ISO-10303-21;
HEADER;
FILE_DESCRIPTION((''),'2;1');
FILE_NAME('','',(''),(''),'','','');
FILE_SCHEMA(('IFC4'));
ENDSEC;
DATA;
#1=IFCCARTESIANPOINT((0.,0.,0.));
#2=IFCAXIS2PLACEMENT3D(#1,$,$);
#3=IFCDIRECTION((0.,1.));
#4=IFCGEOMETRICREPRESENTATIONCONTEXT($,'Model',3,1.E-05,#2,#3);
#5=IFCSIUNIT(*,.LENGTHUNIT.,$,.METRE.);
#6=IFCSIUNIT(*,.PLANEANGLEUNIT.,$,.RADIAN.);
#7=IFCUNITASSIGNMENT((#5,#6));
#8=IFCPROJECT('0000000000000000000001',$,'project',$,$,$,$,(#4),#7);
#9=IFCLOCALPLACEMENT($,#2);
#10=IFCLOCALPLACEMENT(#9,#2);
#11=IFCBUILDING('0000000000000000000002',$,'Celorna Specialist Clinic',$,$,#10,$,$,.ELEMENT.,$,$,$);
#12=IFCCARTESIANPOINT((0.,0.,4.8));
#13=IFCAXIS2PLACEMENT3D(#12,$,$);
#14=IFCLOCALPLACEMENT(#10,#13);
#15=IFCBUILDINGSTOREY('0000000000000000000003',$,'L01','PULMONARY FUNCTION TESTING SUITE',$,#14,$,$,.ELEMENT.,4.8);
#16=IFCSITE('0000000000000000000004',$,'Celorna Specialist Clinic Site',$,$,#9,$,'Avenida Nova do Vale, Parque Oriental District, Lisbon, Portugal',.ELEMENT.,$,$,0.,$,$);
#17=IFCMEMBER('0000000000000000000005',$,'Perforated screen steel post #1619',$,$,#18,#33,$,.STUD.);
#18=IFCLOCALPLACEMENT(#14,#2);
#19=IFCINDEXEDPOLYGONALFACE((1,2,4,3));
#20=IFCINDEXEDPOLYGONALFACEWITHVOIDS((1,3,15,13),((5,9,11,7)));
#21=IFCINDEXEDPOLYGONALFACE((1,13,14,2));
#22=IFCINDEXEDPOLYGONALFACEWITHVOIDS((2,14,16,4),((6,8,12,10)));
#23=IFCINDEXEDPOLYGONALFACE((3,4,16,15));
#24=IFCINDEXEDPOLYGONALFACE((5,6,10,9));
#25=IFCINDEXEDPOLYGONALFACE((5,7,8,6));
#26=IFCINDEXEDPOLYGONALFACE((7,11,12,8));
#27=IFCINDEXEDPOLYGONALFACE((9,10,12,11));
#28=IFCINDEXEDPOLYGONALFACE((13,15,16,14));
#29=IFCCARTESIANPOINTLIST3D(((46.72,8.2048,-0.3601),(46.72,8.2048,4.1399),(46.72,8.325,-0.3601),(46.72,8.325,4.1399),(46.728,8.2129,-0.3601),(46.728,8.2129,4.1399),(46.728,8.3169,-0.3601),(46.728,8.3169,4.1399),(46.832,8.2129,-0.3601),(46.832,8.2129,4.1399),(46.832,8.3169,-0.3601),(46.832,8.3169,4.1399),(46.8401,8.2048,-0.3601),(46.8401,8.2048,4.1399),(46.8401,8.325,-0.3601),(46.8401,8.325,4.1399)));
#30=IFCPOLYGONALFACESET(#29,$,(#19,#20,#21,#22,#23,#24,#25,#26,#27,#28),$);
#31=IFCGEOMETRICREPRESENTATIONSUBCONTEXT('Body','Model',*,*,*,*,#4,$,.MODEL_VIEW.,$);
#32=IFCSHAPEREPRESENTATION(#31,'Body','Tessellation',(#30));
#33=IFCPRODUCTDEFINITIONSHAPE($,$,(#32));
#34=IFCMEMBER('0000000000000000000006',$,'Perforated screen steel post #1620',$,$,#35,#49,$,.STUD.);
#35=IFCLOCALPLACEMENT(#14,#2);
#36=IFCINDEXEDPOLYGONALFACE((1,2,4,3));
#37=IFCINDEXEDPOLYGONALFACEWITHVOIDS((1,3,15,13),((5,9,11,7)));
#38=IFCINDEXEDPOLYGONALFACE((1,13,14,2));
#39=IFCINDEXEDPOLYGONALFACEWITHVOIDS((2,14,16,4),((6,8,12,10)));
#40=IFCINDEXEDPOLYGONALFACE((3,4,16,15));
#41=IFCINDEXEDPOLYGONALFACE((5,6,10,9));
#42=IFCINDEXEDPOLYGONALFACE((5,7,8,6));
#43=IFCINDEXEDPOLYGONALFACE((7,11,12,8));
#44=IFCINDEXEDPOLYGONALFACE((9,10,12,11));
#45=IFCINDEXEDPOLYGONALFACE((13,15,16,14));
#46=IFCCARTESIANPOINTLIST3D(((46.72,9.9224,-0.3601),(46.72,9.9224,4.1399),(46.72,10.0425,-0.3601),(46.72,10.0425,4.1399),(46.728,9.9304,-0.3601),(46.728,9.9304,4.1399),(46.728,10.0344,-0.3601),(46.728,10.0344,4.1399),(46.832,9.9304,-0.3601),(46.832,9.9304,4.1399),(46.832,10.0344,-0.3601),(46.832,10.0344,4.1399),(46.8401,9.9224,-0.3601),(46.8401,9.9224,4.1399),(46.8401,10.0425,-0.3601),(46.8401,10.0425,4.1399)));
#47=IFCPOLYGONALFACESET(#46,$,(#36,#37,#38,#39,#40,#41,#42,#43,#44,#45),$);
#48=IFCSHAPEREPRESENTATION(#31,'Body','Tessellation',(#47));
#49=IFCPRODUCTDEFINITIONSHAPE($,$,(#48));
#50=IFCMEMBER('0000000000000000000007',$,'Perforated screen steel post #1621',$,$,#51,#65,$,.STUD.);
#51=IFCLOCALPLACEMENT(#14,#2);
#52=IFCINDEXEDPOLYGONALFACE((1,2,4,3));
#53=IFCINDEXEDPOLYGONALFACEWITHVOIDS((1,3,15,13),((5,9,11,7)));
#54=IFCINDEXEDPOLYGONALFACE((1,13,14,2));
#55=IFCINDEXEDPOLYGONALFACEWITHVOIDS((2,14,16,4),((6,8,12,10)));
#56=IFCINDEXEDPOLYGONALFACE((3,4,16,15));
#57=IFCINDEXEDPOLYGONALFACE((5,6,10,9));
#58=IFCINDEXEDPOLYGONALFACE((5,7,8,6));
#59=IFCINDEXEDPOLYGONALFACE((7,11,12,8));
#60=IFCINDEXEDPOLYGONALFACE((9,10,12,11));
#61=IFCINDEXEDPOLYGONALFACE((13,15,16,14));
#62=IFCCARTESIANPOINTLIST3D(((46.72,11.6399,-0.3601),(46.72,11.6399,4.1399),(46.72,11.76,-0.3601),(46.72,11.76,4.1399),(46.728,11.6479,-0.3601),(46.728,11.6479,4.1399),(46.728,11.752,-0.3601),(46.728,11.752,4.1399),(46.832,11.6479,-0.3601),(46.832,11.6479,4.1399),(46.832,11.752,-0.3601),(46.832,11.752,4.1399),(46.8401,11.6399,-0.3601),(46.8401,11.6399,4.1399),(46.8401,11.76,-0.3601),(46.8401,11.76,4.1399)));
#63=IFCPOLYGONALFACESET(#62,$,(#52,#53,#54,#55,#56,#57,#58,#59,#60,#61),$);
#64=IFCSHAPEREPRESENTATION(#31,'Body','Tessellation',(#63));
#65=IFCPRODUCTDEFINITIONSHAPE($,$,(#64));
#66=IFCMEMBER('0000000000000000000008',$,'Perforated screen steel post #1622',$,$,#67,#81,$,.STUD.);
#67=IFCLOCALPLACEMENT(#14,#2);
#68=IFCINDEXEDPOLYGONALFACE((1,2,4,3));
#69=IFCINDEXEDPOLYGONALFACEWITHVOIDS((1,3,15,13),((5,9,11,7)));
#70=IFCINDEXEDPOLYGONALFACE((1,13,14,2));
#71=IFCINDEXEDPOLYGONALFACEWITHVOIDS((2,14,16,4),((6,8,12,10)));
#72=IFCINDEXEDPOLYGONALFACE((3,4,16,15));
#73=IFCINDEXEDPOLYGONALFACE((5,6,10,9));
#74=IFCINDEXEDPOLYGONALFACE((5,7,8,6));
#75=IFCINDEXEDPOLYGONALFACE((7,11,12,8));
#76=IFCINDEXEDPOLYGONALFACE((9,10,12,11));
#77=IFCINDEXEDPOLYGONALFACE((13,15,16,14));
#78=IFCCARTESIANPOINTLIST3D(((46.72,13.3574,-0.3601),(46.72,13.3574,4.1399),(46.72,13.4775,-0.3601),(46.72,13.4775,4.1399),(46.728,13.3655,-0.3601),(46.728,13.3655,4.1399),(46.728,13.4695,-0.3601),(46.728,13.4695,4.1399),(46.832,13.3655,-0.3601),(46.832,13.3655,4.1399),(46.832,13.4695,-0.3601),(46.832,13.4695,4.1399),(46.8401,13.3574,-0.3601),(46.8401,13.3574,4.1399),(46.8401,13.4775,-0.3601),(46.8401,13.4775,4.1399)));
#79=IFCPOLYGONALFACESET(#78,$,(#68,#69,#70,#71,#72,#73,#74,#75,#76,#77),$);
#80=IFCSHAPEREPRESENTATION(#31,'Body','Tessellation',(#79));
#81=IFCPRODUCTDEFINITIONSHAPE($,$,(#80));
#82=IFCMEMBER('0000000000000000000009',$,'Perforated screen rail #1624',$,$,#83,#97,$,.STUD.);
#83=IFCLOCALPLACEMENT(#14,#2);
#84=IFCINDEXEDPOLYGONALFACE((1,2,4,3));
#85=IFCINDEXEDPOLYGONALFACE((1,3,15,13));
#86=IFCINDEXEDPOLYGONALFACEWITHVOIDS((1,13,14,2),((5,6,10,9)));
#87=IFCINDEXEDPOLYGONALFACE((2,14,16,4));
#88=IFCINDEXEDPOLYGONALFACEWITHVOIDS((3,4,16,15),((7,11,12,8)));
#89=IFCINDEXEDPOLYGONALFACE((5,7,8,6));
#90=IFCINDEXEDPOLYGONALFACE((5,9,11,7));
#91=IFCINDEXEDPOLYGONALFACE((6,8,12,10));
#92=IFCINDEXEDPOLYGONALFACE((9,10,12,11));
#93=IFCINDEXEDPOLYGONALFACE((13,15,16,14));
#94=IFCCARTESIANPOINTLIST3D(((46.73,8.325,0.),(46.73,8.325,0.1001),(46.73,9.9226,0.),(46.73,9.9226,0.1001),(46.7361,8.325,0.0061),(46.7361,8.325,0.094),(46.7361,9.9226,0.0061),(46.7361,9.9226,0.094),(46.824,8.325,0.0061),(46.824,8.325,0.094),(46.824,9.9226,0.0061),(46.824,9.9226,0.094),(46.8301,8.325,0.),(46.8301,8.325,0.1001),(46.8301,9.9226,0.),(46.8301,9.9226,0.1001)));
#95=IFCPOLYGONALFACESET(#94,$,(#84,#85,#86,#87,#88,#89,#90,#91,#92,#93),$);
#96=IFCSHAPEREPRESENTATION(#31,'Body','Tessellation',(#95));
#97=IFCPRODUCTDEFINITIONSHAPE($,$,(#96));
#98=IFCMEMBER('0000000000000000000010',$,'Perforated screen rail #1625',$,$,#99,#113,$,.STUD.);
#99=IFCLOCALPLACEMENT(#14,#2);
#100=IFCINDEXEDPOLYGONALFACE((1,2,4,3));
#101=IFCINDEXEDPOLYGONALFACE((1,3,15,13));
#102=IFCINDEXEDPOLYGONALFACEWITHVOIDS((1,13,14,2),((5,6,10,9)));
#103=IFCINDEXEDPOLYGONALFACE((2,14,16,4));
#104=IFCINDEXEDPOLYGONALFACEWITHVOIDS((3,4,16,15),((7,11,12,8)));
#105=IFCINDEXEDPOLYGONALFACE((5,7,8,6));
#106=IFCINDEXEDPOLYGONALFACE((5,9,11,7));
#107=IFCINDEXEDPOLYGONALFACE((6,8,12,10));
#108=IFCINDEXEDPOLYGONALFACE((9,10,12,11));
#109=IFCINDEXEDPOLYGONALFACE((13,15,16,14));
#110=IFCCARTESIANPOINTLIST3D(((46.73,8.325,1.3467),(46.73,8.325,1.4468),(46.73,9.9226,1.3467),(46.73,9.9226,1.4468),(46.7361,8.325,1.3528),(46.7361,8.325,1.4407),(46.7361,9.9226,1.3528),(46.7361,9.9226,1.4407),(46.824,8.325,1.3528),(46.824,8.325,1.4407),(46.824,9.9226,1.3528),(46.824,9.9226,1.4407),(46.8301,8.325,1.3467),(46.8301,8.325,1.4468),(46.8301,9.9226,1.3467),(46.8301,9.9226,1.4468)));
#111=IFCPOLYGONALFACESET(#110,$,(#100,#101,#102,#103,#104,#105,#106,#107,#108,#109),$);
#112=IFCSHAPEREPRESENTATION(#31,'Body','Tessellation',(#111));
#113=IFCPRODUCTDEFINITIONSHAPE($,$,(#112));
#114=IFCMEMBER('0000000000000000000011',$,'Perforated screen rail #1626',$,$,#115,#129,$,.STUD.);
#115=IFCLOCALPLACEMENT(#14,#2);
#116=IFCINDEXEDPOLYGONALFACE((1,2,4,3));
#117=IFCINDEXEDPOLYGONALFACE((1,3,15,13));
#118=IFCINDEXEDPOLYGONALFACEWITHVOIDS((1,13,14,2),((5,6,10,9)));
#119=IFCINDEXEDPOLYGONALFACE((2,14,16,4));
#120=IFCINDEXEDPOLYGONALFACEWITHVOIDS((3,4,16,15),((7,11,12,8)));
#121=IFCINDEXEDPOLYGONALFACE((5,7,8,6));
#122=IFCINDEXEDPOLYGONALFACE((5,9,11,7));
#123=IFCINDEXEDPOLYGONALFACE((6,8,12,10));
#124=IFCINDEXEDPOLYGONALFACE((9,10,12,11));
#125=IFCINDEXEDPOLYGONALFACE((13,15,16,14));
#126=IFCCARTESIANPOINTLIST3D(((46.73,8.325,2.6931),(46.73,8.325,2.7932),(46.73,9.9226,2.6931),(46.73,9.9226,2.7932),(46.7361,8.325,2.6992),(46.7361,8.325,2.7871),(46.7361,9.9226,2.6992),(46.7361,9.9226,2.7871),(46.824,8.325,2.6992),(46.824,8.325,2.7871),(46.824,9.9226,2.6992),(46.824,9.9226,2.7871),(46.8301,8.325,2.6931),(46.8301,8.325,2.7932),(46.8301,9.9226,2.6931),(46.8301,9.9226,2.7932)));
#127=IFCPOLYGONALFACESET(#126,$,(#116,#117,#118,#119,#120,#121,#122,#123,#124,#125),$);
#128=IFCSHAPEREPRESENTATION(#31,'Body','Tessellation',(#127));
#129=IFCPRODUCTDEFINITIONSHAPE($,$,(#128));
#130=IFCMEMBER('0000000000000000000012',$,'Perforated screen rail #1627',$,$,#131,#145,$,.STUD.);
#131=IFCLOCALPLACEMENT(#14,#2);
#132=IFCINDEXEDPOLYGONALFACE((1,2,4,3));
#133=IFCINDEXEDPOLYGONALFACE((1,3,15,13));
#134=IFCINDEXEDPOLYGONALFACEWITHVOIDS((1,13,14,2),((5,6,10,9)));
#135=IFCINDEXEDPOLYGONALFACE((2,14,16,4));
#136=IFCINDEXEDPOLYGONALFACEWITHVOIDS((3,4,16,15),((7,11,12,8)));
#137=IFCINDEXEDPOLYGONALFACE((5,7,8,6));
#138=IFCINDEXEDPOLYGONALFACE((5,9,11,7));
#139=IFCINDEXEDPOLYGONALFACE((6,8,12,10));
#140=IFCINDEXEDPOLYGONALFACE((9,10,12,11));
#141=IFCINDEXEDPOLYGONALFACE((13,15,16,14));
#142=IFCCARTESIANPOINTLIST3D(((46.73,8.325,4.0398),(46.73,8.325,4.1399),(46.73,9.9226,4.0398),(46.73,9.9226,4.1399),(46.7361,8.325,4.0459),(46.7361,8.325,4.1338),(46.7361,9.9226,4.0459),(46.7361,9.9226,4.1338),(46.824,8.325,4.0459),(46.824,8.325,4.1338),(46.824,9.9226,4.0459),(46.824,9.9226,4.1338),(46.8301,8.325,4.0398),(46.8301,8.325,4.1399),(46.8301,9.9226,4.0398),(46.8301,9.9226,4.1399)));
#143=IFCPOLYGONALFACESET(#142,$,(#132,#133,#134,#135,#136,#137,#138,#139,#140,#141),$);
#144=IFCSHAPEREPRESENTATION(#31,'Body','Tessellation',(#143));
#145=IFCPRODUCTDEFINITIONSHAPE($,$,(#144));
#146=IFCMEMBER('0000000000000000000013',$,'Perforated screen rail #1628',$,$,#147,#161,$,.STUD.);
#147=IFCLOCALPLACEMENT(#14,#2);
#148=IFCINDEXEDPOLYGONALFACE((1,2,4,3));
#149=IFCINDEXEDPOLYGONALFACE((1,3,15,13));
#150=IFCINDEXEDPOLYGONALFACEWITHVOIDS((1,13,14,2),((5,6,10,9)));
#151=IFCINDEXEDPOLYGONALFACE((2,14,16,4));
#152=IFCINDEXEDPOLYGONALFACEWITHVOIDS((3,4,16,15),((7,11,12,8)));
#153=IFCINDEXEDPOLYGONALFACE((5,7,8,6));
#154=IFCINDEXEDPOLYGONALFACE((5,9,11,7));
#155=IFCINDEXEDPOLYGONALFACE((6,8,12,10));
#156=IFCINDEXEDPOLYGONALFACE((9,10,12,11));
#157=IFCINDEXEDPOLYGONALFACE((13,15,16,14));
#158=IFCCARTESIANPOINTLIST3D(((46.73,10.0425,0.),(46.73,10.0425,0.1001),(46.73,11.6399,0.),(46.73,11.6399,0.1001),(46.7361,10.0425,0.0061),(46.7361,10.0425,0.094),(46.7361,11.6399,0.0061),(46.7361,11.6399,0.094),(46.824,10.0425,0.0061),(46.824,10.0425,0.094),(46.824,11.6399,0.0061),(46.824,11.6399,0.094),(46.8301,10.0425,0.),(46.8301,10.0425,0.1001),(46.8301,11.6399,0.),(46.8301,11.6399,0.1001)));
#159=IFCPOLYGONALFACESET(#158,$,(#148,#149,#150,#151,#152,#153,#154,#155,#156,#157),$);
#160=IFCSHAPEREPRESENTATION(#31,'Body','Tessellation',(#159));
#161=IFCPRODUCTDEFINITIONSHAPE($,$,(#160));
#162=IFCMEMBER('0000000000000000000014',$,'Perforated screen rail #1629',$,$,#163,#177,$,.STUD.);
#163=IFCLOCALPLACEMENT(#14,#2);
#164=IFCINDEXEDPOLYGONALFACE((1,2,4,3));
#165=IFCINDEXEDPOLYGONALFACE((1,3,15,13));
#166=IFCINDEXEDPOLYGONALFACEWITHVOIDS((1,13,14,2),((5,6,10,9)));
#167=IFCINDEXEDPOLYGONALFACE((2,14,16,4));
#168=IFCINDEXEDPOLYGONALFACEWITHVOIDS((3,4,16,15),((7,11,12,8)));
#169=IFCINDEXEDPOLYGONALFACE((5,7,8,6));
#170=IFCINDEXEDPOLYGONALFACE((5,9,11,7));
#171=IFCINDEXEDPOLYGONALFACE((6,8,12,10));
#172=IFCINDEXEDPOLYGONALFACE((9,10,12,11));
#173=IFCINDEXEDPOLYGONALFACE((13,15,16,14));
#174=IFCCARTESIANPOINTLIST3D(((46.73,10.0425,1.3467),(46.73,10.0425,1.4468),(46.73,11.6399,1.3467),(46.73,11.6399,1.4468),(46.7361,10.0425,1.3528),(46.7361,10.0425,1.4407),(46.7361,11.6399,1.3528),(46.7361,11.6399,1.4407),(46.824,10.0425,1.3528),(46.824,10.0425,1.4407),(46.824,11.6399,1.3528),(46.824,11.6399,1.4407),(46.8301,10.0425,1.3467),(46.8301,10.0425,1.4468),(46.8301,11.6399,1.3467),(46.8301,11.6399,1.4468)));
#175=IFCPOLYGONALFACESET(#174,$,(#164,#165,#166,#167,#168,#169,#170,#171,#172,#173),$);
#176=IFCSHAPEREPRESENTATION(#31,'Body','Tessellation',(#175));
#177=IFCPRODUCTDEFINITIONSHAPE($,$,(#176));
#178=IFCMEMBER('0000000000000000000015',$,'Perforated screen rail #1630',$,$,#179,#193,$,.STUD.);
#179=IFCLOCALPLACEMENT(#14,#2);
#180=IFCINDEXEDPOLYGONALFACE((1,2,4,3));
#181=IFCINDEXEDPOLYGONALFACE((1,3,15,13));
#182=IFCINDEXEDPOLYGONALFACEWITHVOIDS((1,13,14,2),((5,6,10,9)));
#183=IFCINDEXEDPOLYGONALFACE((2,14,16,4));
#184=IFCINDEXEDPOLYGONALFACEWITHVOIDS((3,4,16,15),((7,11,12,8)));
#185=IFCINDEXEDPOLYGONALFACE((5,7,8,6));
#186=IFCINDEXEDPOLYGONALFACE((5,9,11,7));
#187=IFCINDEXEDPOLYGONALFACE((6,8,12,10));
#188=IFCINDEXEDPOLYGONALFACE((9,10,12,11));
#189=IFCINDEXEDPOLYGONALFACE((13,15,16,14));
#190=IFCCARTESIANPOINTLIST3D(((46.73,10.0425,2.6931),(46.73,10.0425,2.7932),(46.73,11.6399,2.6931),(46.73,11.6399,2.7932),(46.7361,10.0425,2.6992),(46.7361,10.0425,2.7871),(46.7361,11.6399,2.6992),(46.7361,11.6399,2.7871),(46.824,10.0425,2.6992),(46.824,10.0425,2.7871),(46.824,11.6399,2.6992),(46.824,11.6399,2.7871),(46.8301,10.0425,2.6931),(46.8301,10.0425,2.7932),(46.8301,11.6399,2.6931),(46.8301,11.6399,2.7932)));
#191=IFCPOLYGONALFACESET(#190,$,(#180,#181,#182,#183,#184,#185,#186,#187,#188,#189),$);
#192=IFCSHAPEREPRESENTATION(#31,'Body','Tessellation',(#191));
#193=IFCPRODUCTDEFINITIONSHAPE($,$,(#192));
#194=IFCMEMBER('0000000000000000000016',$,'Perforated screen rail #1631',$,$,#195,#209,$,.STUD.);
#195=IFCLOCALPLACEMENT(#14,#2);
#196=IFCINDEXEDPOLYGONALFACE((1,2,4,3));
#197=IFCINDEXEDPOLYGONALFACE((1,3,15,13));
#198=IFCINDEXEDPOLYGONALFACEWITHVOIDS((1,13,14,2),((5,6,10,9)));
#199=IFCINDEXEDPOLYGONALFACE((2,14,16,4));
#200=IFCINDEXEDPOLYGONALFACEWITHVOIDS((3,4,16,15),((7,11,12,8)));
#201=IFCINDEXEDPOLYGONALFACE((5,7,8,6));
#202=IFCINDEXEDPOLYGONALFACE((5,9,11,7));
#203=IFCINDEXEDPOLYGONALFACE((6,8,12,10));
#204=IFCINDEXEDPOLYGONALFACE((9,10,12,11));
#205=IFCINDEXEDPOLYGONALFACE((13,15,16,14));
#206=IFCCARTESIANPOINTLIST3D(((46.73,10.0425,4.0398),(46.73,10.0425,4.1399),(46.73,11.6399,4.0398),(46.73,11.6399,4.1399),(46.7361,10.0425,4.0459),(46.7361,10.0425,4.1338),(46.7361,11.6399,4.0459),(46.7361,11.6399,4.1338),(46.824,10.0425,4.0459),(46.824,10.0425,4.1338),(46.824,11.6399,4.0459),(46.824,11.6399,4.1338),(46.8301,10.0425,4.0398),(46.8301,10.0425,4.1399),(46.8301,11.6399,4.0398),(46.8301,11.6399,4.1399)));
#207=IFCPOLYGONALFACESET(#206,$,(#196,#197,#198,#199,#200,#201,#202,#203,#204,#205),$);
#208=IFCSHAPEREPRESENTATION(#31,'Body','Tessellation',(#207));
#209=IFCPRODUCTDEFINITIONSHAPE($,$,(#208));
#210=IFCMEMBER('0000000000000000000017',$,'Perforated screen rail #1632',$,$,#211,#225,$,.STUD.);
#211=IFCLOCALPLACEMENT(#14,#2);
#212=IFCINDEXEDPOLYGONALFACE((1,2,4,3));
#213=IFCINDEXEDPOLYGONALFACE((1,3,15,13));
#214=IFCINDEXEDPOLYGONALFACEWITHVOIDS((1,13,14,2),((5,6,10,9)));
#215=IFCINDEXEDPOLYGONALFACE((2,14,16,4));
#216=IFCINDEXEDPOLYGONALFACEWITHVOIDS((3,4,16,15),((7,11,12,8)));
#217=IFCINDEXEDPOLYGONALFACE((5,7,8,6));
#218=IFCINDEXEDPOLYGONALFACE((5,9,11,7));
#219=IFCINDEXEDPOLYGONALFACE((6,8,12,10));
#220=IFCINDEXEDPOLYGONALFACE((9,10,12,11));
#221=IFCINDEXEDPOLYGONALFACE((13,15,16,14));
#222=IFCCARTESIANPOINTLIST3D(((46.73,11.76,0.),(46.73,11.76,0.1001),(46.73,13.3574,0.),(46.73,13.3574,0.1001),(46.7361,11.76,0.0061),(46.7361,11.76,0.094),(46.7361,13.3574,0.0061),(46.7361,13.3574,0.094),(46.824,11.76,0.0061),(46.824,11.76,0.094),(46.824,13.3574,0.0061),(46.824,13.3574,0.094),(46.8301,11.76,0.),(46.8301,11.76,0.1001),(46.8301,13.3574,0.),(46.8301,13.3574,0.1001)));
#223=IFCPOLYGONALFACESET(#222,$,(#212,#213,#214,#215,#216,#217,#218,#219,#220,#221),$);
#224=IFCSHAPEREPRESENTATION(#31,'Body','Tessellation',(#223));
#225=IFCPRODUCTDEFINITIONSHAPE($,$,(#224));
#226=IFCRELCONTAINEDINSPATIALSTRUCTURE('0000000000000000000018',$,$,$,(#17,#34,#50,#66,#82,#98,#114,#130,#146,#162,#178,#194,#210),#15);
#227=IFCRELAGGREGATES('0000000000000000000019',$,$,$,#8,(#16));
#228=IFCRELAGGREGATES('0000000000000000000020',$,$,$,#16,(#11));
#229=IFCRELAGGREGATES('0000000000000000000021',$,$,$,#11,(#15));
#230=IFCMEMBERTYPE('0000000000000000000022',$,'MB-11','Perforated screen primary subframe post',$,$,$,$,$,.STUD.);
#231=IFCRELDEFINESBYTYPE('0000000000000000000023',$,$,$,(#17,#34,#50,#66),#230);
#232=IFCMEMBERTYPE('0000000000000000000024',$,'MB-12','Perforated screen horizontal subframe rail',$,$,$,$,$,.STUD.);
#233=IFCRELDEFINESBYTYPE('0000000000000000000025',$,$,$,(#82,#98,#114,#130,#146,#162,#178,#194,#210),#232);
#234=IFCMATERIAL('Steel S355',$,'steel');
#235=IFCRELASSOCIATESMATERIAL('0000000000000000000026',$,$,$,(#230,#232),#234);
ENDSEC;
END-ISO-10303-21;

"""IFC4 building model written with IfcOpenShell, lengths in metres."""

from ifc_helpers import new_model, si_unit, direction, frame, origin, origin_2d, place, context, subcontext, project, spatial, hollow_rectangle, extrude, material, material_profile, profile_set, type_object, element, save


model = new_model("IFC4")

# Units and contexts
model_context = context("Model", 3, precision=1e-05, world=origin(), true_north=direction((0.0, 1.0)))
body_context = subcontext(model_context, "Body", "Model", "MODEL_VIEW")
ifc_project = project(units=[si_unit("LENGTHUNIT", "METRE"), si_unit("PLANEANGLEUNIT", "RADIAN")], contexts=[model_context])

# Site, building, storey
site_placement = place(None, origin())
site = spatial("IfcSite", under=ifc_project, at=site_placement, Name="Celorna Specialist Clinic Site", LongName="Avenida Nova do Vale, Parque Oriental District, Lisbon, Portugal", CompositionType="ELEMENT", RefElevation=0.0)
building_placement = place(site_placement, origin())
building = spatial("IfcBuilding", under=site, at=building_placement, Name="Celorna Specialist Clinic", CompositionType="ELEMENT")
storey_placement = place(building_placement, frame((0.0, 0.0, 4.8)))
storey = spatial("IfcBuildingStorey", under=building, at=storey_placement, Name="L01", Description="PULMONARY FUNCTION TESTING SUITE", CompositionType="ELEMENT", Elevation=4.8)

# Members
ifc_material_1 = material(Name="Steel S355", Category="steel")
ifc_material_profile_1 = material_profile(ifc_material_1, hollow_rectangle(XDim=0.1201, YDim=0.1201, WallThickness=0.0081, at=origin_2d()), Name="SHS 120x120x8")
ifc_profile_set_1 = profile_set([ifc_material_profile_1], Name="Steel S355")
member_type_1 = type_object("IfcMemberType", Name="MB-11", Description="Perforated screen primary subframe post", PredefinedType="STUD", material=ifc_profile_set_1)
for number, where, z_axis, x_axis, name in (
    (1, (46.78, 8.2649, -0.3601), (0.0, 0.0, 1.0), (1.0, 0.0, 0.0), "Perforated screen steel post #1619"),
    (2, (46.78, 9.9824, -0.3601), (0.0, 0.0, 1.0), (1.0, 0.0, 0.0), "Perforated screen steel post #1620"),
    (3, (46.78, 11.7, -0.3601), (0.0, 0.0, 1.0), (1.0, 0.0, 0.0), "Perforated screen steel post #1621"),
    (4, (46.78, 13.4175, -0.3601), (0.0, 0.0, 1.0), (1.0, 0.0, 0.0), "Perforated screen steel post #1622"),
):
    element("IfcMember", number, at=place(storey_placement, frame(where, z_axis=z_axis, x_axis=x_axis)), inside=storey, type_object=member_type_1, Name=name, PredefinedType="STUD", context=body_context, shape_type="SweptSolid", body=[
        extrude(hollow_rectangle(XDim=0.1201, YDim=0.1201, WallThickness=0.0081, at=origin_2d()), origin(), (0.0, 0.0, 1.0), 4.5),
    ])
ifc_material_profile_2 = material_profile(ifc_material_1, hollow_rectangle(XDim=0.1001, YDim=0.1001, WallThickness=0.0061, at=origin_2d()), Name="SHS 100x100x6")
ifc_profile_set_2 = profile_set([ifc_material_profile_2], Name="Steel S355")
member_type_2 = type_object("IfcMemberType", Name="MB-12", Description="Perforated screen horizontal subframe rail", PredefinedType="STUD", material=ifc_profile_set_2)
for number, where, z_axis, x_axis, name in (
    (5, (46.78, 8.325, 0.05), (0.0, 1.0, 0.0), (-1.0, 0.0, 0.0), "Perforated screen rail #1624"),
    (6, (46.78, 8.325, 1.3967), (0.0, 1.0, 0.0), (-1.0, 0.0, 0.0), "Perforated screen rail #1625"),
    (7, (46.78, 8.325, 2.7432), (0.0, 1.0, 0.0), (-1.0, 0.0, 0.0), "Perforated screen rail #1626"),
    (8, (46.78, 8.325, 4.0898), (0.0, 1.0, 0.0), (-1.0, 0.0, 0.0), "Perforated screen rail #1627"),
):
    element("IfcMember", number, at=place(storey_placement, frame(where, z_axis=z_axis, x_axis=x_axis)), inside=storey, type_object=member_type_2, Name=name, PredefinedType="STUD", context=body_context, shape_type="SweptSolid", body=[
        extrude(hollow_rectangle(XDim=0.1001, YDim=0.1001, WallThickness=0.0061, at=origin_2d()), origin(), (0.0, 0.0, 1.0), 1.5977),
    ])
for number, where, z_axis, x_axis, name in (
    (9, (46.78, 10.0425, 0.05), (0.0, 1.0, 0.0), (-1.0, 0.0, 0.0), "Perforated screen rail #1628"),
    (10, (46.78, 10.0425, 1.3967), (0.0, 1.0, 0.0), (-1.0, 0.0, 0.0), "Perforated screen rail #1629"),
    (11, (46.78, 10.0425, 2.7432), (0.0, 1.0, 0.0), (-1.0, 0.0, 0.0), "Perforated screen rail #1630"),
    (12, (46.78, 10.0425, 4.0898), (0.0, 1.0, 0.0), (-1.0, 0.0, 0.0), "Perforated screen rail #1631"),
    (13, (46.78, 11.76, 0.05), (0.0, 1.0, 0.0), (-1.0, 0.0, 0.0), "Perforated screen rail #1632"),
):
    element("IfcMember", number, at=place(storey_placement, frame(where, z_axis=z_axis, x_axis=x_axis)), inside=storey, type_object=member_type_2, Name=name, PredefinedType="STUD", context=body_context, shape_type="SweptSolid", body=[
        extrude(hollow_rectangle(XDim=0.1001, YDim=0.1001, WallThickness=0.0061, at=origin_2d()), origin(), (0.0, 0.0, 1.0), 1.5974),
    ])

save(model, "model.ifc")
